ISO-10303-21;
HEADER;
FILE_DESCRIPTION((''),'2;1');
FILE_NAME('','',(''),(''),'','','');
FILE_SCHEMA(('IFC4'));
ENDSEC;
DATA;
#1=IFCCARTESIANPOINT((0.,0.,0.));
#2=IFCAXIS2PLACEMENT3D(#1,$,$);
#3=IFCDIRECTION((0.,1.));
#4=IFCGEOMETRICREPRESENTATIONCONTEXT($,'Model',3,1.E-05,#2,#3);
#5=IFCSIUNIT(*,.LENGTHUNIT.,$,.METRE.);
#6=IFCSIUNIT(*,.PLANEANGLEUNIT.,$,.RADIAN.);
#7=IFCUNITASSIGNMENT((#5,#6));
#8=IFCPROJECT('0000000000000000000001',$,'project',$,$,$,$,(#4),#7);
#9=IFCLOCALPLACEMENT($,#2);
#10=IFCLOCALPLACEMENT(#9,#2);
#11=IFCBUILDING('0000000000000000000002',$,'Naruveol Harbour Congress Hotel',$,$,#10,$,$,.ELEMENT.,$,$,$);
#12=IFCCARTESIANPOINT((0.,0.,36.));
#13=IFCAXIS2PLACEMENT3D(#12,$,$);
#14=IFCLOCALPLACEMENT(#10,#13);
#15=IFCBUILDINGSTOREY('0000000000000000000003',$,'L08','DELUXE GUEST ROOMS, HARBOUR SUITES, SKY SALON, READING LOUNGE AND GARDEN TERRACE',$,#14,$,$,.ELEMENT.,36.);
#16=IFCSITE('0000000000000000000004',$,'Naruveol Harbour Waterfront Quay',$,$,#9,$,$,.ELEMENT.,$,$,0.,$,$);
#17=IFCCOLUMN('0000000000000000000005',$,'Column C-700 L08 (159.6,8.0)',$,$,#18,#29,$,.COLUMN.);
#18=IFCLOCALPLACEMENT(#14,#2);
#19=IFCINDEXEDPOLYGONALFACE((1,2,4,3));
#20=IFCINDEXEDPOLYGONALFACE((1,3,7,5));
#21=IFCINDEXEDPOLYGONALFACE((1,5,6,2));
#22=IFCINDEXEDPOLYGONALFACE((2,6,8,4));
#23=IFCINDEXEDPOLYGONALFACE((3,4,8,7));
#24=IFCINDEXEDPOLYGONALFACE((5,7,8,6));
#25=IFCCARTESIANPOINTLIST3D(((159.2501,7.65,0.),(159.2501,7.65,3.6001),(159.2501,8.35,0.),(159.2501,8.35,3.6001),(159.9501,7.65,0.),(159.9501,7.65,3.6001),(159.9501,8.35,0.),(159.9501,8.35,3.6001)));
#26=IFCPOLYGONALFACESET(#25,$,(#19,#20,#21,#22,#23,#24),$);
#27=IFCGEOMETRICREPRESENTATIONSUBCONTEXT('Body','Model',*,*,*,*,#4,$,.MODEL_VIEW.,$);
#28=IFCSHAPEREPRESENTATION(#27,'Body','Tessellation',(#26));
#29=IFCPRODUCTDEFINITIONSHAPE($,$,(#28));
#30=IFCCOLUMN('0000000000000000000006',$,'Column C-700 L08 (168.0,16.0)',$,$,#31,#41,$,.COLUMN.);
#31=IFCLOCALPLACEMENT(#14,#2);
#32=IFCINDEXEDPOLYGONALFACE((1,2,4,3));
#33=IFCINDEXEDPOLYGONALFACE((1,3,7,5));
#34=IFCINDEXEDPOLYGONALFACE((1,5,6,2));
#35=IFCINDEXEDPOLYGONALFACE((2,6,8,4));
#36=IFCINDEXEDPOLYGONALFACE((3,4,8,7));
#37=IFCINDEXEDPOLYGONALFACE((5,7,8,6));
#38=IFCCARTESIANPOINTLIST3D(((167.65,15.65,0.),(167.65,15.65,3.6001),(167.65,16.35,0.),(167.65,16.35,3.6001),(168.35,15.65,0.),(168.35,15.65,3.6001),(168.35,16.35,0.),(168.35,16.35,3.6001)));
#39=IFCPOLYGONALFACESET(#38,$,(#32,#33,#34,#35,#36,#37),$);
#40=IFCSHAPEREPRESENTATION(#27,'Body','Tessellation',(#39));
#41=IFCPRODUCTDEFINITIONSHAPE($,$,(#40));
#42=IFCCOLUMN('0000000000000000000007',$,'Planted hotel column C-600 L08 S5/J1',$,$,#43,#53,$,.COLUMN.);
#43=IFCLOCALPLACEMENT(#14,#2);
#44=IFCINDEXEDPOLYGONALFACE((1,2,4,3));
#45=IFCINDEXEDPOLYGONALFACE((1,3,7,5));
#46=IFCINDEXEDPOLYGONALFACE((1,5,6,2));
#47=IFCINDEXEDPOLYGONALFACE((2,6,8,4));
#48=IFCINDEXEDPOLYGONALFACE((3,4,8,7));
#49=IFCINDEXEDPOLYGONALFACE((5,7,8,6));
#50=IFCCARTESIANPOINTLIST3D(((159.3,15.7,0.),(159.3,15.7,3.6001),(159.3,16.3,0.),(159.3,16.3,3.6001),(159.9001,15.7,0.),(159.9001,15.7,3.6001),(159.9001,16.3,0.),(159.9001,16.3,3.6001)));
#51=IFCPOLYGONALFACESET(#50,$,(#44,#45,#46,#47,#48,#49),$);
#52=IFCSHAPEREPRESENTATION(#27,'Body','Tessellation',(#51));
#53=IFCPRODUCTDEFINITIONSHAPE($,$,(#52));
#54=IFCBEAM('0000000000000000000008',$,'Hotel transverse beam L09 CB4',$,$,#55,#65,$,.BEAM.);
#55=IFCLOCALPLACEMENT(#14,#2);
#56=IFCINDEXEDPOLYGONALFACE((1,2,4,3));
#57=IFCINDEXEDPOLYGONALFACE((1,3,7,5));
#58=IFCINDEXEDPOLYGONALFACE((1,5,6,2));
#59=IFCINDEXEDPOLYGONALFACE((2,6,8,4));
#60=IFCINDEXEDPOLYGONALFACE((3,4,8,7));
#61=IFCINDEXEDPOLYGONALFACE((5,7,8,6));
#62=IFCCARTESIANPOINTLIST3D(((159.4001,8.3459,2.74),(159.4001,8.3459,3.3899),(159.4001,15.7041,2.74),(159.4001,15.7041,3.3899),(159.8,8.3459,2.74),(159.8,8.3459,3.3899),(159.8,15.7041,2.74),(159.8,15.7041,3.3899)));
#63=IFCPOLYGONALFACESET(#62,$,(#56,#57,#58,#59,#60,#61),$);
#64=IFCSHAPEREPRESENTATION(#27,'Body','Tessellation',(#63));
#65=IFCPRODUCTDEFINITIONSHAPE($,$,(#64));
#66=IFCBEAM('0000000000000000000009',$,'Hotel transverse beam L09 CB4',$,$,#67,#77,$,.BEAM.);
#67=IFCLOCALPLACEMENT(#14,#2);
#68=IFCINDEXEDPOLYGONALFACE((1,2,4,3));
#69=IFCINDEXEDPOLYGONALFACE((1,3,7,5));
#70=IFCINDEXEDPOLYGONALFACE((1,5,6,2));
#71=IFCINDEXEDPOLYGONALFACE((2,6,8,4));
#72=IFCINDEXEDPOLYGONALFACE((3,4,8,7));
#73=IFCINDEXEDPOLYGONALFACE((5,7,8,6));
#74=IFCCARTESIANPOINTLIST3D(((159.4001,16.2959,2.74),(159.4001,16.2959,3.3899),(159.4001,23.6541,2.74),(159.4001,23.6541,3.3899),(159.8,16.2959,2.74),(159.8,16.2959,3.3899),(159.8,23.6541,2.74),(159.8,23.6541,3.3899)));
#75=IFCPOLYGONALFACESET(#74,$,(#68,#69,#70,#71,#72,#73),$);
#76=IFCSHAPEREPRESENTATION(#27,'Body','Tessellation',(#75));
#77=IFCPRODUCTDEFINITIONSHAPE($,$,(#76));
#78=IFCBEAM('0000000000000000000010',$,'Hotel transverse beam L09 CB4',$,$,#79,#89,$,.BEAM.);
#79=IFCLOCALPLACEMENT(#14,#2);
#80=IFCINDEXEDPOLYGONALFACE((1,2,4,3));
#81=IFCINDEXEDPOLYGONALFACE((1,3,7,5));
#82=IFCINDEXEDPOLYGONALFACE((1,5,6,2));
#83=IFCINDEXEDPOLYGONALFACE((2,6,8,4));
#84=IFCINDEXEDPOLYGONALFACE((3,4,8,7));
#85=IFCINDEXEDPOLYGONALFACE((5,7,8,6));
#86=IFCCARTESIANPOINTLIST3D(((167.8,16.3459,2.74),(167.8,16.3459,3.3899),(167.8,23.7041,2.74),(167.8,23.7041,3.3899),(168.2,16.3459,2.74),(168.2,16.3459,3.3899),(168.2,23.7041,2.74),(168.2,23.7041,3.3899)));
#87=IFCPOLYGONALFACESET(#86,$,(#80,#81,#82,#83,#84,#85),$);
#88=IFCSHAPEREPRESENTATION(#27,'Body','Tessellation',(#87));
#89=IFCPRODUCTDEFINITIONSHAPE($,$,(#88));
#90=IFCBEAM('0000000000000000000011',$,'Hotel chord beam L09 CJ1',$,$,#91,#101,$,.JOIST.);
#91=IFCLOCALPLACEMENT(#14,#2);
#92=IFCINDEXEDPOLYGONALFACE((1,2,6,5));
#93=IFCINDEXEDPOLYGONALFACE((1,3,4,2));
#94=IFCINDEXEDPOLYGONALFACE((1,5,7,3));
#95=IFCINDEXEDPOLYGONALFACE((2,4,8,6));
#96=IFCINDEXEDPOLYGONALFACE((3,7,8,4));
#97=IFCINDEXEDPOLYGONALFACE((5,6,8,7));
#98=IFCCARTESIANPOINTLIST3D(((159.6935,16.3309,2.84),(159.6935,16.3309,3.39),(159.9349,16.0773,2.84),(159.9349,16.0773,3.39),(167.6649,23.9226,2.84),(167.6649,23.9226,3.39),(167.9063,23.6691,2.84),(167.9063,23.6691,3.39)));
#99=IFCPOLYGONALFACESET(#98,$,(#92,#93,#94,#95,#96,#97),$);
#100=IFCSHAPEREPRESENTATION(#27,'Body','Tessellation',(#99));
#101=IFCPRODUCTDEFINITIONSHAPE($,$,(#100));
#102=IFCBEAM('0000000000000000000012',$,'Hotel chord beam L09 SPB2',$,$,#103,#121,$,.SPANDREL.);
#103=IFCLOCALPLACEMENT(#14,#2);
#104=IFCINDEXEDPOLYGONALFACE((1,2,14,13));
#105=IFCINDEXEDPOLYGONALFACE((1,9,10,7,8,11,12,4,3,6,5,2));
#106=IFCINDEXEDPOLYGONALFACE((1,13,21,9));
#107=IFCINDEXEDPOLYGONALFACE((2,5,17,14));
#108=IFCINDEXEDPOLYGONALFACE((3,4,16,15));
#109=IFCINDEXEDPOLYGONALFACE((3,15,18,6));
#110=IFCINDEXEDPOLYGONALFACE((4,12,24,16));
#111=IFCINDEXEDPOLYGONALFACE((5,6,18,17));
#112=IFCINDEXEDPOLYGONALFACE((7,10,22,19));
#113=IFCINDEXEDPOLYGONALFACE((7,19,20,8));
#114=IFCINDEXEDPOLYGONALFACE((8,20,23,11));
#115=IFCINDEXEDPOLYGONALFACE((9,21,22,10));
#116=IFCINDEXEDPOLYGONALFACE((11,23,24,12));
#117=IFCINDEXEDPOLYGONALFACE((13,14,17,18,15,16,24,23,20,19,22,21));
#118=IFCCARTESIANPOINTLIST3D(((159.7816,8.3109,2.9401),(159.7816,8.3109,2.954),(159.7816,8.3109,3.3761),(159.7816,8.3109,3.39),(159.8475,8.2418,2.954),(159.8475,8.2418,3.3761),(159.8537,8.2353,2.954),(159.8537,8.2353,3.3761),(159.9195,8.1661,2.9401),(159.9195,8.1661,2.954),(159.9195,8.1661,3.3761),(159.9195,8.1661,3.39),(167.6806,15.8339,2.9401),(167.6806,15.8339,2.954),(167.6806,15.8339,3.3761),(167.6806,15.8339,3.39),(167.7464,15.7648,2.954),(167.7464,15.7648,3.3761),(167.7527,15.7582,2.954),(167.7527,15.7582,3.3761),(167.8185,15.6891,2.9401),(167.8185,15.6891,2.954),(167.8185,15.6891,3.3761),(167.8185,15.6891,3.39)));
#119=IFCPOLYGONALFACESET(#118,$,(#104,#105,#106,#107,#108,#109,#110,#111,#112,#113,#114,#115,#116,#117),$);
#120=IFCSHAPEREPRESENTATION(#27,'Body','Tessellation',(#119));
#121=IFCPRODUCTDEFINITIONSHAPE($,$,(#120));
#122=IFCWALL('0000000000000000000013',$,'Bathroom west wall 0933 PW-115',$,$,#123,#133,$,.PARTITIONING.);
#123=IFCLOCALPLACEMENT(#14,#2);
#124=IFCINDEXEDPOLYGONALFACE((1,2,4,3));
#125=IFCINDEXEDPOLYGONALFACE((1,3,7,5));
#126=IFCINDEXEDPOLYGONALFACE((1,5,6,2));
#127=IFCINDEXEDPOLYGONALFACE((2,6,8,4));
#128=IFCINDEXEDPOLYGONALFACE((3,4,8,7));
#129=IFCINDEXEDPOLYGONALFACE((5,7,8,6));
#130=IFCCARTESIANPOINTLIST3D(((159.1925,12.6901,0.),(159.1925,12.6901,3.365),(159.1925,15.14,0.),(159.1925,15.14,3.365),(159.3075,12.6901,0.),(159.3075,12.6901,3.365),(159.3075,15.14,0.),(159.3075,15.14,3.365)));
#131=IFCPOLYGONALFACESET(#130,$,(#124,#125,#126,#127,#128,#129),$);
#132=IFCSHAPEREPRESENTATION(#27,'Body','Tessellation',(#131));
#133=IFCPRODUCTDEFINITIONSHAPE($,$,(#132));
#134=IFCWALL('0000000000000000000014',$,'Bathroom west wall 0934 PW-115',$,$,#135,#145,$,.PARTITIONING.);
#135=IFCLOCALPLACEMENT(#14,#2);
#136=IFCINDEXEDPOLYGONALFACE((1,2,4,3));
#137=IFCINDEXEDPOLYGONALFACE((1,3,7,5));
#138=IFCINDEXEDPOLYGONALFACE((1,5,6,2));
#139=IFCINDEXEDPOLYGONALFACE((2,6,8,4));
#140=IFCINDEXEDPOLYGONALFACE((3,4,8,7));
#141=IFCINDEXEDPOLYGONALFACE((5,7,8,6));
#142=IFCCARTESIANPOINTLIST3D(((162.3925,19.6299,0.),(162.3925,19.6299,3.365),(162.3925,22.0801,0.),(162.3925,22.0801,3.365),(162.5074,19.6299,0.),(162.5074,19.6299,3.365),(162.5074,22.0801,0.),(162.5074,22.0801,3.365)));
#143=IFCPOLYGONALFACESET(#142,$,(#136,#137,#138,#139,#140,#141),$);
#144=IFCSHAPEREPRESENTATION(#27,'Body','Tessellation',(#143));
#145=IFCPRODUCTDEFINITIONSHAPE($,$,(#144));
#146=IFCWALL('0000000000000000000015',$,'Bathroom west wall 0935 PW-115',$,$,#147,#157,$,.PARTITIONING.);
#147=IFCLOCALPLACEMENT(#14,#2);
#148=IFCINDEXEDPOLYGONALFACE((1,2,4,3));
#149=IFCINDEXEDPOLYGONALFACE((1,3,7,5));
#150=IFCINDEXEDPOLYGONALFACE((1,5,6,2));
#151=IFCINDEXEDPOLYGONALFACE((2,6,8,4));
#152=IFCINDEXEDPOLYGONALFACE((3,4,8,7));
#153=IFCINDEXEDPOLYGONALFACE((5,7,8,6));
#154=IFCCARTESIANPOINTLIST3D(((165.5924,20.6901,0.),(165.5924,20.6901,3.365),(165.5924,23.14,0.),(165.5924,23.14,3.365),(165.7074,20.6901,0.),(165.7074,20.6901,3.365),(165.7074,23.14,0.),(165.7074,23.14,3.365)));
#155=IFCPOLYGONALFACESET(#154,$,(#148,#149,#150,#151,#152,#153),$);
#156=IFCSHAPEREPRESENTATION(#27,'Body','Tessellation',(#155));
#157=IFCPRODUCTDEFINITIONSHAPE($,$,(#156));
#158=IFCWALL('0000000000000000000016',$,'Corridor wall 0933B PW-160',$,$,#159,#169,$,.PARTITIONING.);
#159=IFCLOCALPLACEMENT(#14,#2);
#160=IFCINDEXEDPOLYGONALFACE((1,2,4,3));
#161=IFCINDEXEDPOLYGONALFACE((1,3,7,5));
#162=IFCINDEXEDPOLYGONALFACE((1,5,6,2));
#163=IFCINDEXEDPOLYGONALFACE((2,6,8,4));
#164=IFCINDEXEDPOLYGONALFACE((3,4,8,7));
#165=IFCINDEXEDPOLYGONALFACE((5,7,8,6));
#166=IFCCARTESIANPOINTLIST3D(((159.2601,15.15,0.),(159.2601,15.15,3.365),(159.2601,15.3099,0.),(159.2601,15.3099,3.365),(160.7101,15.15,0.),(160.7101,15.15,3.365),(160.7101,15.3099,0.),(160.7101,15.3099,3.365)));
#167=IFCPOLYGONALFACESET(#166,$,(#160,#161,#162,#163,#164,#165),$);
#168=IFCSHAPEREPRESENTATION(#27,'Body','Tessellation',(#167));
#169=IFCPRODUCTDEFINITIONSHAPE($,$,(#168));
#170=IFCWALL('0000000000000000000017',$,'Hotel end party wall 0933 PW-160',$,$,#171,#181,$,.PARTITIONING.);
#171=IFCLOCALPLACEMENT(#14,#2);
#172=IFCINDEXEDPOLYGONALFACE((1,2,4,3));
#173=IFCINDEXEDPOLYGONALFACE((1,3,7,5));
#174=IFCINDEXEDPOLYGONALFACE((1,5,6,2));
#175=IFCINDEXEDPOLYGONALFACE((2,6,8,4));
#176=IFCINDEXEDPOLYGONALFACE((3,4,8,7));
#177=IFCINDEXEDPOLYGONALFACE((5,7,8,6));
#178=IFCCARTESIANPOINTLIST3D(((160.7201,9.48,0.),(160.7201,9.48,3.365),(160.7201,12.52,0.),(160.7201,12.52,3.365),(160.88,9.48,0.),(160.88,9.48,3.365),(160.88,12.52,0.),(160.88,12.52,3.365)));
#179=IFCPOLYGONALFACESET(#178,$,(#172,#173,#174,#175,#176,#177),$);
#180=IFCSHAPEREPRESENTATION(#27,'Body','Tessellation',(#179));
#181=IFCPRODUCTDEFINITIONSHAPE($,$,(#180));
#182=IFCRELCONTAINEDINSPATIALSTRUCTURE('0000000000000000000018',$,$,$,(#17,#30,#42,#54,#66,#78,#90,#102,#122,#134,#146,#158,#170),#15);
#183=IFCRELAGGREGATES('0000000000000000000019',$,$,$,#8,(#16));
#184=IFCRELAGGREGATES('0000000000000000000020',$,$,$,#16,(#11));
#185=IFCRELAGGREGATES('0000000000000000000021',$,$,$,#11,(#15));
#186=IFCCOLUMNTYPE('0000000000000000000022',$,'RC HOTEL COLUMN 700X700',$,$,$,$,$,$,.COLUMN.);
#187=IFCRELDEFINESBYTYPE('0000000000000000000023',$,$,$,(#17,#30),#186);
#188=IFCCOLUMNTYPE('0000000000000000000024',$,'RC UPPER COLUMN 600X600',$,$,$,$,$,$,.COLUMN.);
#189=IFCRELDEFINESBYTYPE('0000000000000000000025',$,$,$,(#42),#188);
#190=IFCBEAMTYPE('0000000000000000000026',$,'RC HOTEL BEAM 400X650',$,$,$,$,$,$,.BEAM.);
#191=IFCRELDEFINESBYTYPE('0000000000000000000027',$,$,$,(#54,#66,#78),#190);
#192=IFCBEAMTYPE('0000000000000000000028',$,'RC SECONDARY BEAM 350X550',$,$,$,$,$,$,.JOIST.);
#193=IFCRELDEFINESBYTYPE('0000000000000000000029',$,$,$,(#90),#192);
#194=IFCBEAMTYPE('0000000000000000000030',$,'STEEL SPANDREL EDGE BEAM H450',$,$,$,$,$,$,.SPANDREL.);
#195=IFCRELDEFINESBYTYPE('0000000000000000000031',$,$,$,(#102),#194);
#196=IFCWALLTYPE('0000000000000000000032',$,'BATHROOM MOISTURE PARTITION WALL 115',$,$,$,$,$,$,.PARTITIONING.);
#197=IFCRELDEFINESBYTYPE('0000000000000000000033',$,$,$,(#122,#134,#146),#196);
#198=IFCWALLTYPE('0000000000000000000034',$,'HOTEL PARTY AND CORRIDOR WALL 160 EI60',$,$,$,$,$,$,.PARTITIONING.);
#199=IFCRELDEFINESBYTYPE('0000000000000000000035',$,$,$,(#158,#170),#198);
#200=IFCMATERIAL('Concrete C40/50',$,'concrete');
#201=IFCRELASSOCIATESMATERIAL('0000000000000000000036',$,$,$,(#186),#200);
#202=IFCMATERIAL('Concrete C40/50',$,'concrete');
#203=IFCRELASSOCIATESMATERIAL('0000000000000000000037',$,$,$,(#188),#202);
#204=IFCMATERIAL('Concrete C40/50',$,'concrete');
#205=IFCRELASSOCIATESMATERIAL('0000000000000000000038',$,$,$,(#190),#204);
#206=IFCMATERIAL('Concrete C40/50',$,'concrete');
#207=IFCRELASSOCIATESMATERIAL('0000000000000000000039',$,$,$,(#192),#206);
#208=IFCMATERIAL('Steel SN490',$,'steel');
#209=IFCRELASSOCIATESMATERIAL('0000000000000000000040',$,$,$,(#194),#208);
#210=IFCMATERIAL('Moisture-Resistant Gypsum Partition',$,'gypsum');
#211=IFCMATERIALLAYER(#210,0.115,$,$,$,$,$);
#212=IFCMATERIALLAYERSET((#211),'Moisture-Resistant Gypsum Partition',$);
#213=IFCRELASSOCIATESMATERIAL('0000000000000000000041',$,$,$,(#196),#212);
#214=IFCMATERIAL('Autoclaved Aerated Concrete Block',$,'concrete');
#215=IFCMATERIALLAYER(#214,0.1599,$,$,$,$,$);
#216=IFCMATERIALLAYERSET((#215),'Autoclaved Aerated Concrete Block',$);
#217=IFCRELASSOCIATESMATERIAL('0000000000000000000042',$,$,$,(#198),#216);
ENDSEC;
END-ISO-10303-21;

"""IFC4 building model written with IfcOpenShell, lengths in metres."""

from ifc_helpers import new_model, si_unit, direction, frame, frame_2d, origin, origin_2d, place, context, subcontext, project, spatial, rectangle, i_section, extrude, material, layer, layer_set, material_profile, profile_set, type_object, element, save


model = new_model("IFC4")

# Units and contexts
model_context = context("Model", 3, precision=1e-05, world=origin(), true_north=direction((0.0, 1.0)))
body_context = subcontext(model_context, "Body", "Model", "MODEL_VIEW")
ifc_project = project(units=[si_unit("LENGTHUNIT", "METRE"), si_unit("PLANEANGLEUNIT", "RADIAN")], contexts=[model_context])

# Site, building, storey
site_placement = place(None, origin())
site = spatial("IfcSite", under=ifc_project, at=site_placement, Name="Naruveol Harbour Waterfront Quay", CompositionType="ELEMENT", RefElevation=0.0)
building_placement = place(site_placement, origin())
building = spatial("IfcBuilding", under=site, at=building_placement, Name="Naruveol Harbour Congress Hotel", CompositionType="ELEMENT")
storey_placement = place(building_placement, frame((0.0, 0.0, 36.0)))
storey = spatial("IfcBuildingStorey", under=building, at=storey_placement, Name="L08", Description="DELUXE GUEST ROOMS, HARBOUR SUITES, SKY SALON, READING LOUNGE AND GARDEN TERRACE", CompositionType="ELEMENT", Elevation=36.0)

# Columns
ifc_material_1 = material(Name="Concrete C40/50", Category="concrete")
ifc_material_profile_1 = material_profile(ifc_material_1, rectangle(XDim=0.7, YDim=0.7, at=origin_2d()), Name="RC-700x700")
ifc_profile_set_1 = profile_set([ifc_material_profile_1], Name="Concrete C40/50")
column_type_1 = type_object("IfcColumnType", Name="RC HOTEL COLUMN 700X700", PredefinedType="COLUMN", material=ifc_profile_set_1)
for number, where, z_axis, x_axis, name in (
    (1, (159.6001, 8.0, 0.0), (0.0, 0.0, 1.0), (1.0, 0.0, 0.0), "Column C-700 L08 (159.6,8.0)"),
    (2, (168.0, 16.0, 0.0), (0.0, 0.0, 1.0), (1.0, 0.0, 0.0), "Column C-700 L08 (168.0,16.0)"),
):
    element("IfcColumn", number, at=place(storey_placement, frame(where, z_axis=z_axis, x_axis=x_axis)), inside=storey, type_object=column_type_1, Name=name, PredefinedType="COLUMN", context=body_context, shape_type="SweptSolid", body=[
        extrude(rectangle(XDim=0.7, YDim=0.7, at=origin_2d()), origin(), (0.0, 0.0, 1.0), 3.6001),
    ])
ifc_material_2 = material(Name="Concrete C40/50", Category="concrete")
ifc_material_profile_2 = material_profile(ifc_material_2, rectangle(XDim=0.6001, YDim=0.6001, at=origin_2d()), Name="RC-600x600")
ifc_profile_set_2 = profile_set([ifc_material_profile_2], Name="Concrete C40/50")
column_type_2 = type_object("IfcColumnType", Name="RC UPPER COLUMN 600X600", PredefinedType="COLUMN", material=ifc_profile_set_2)
column_placement = place(storey_placement, frame((159.6001, 16.0, 0.0), z_axis=(0.0, 0.0, 1.0), x_axis=(1.0, 0.0, 0.0)))
element("IfcColumn", 3, at=column_placement, inside=storey, type_object=column_type_2, Name="Planted hotel column C-600 L08 S5/J1", PredefinedType="COLUMN", context=body_context, shape_type="SweptSolid", body=[
    extrude(rectangle(XDim=0.6001, YDim=0.6001, at=origin_2d()), origin(), (0.0, 0.0, 1.0), 3.6001),
])

# Beams
ifc_material_3 = material(Name="Concrete C40/50", Category="concrete")
ifc_material_profile_3 = material_profile(ifc_material_3, rectangle(XDim=0.3999, YDim=0.6499, at=origin_2d()), Name="RCB-400x650")
ifc_profile_set_3 = profile_set([ifc_material_profile_3], Name="Concrete C40/50")
beam_type_1 = type_object("IfcBeamType", Name="RC HOTEL BEAM 400X650", PredefinedType="BEAM", material=ifc_profile_set_3)
for number, where, z_axis, x_axis, name in (
    (4, (159.6001, 8.3459, 3.0649), (0.0, 1.0, 0.0), (-1.0, 0.0, 0.0), "Hotel transverse beam L09 CB4"),
    (5, (159.6001, 16.2959, 3.0649), (0.0, 1.0, 0.0), (-1.0, 0.0, 0.0), "Hotel transverse beam L09 CB4"),
    (6, (168.0, 16.3459, 3.0649), (0.0, 1.0, 0.0), (-1.0, 0.0, 0.0), "Hotel transverse beam L09 CB4"),
):
    element("IfcBeam", number, at=place(storey_placement, frame(where, z_axis=z_axis, x_axis=x_axis)), inside=storey, type_object=beam_type_1, Name=name, PredefinedType="BEAM", context=body_context, shape_type="SweptSolid", body=[
        extrude(rectangle(XDim=0.3999, YDim=0.6499, at=origin_2d()), origin(), (0.0, 0.0, 1.0), 7.3582),
    ])
ifc_material_4 = material(Name="Concrete C40/50", Category="concrete")
ifc_material_profile_4 = material_profile(ifc_material_4, rectangle(XDim=0.3501, YDim=0.55, at=origin_2d()), Name="RCB-350x550")
ifc_profile_set_4 = profile_set([ifc_material_profile_4], Name="Concrete C40/50")
beam_type_2 = type_object("IfcBeamType", Name="RC SECONDARY BEAM 350X550", PredefinedType="JOIST", material=ifc_profile_set_4)
beam_1_placement = place(storey_placement, frame((159.8142, 16.2041, 3.115), z_axis=(0.72414, 0.689653, 0.0), x_axis=(-0.689653, 0.72414, 0.0)))
element("IfcBeam", 7, at=beam_1_placement, inside=storey, type_object=beam_type_2, Name="Hotel chord beam L09 CJ1", PredefinedType="JOIST", context=body_context, shape_type="SweptSolid", body=[
    extrude(rectangle(XDim=0.3501, YDim=0.55, at=origin_2d()), origin(), (0.0, 0.0, 1.0), 11.0081),
])
ifc_material_5 = material(Name="Steel SN490", Category="steel")
ifc_material_profile_5 = material_profile(ifc_material_5, i_section(OverallWidth=0.2, OverallDepth=0.45, WebThickness=0.009, FlangeThickness=0.0139, at=origin_2d()), Name="H-450x200x9x14")
ifc_profile_set_5 = profile_set([ifc_material_profile_5], Name="Steel SN490")
beam_type_3 = type_object("IfcBeamType", Name="STEEL SPANDREL EDGE BEAM H450", PredefinedType="SPANDREL", material=ifc_profile_set_5)
beam_2_placement = place(storey_placement, frame((159.8506, 8.2385, 3.165), z_axis=(0.72413, 0.689663, 0.0), x_axis=(-0.689663, 0.72413, 0.0)))
element("IfcBeam", 8, at=beam_2_placement, inside=storey, type_object=beam_type_3, Name="Hotel chord beam L09 SPB2", PredefinedType="SPANDREL", context=body_context, shape_type="SweptSolid", body=[
    extrude(i_section(OverallWidth=0.2, OverallDepth=0.45, WebThickness=0.009, FlangeThickness=0.0139, at=origin_2d()), origin(), (0.0, 0.0, 1.0), 10.9082),
])

# Wall
ifc_material_6 = material(Name="Moisture-Resistant Gypsum Partition", Category="gypsum")
ifc_layer_1 = layer(ifc_material_6, 0.115)
ifc_layer_set_1 = layer_set([ifc_layer_1], Name="Moisture-Resistant Gypsum Partition")
wall_type_1 = type_object("IfcWallType", Name="BATHROOM MOISTURE PARTITION WALL 115", PredefinedType="PARTITIONING", material=ifc_layer_set_1)
wall_1_placement = place(storey_placement, frame((159.25, 12.6899, 0.0), z_axis=(0.0, 0.0, 1.0), x_axis=(0.0, 1.0, 0.0)))
element("IfcWall", 9, at=wall_1_placement, inside=storey, type_object=wall_type_1, Name="Bathroom west wall 0933 PW-115", PredefinedType="PARTITIONING", context=body_context, shape_type="SweptSolid", body=[
    extrude(rectangle(XDim=2.45, YDim=0.115, at=frame_2d((1.2251, 0.0))), origin(), (0.0, 0.0, 1.0), 3.365),
])

# Wall
wall_2_placement = place(storey_placement, frame((162.45, 19.6299, 0.0), z_axis=(0.0, 0.0, 1.0), x_axis=(0.0, 1.0, 0.0)))
element("IfcWall", 10, at=wall_2_placement, inside=storey, type_object=wall_type_1, Name="Bathroom west wall 0934 PW-115", PredefinedType="PARTITIONING", context=body_context, shape_type="SweptSolid", body=[
    extrude(rectangle(XDim=2.4502, YDim=0.115, at=frame_2d((1.2251, 0.0))), origin(), (0.0, 0.0, 1.0), 3.365),
])

# Wall
wall_3_placement = place(storey_placement, frame((165.6499, 20.6899, 0.0), z_axis=(0.0, 0.0, 1.0), x_axis=(0.0, 1.0, 0.0)))
element("IfcWall", 11, at=wall_3_placement, inside=storey, type_object=wall_type_1, Name="Bathroom west wall 0935 PW-115", PredefinedType="PARTITIONING", context=body_context, shape_type="SweptSolid", body=[
    extrude(rectangle(XDim=2.45, YDim=0.115, at=frame_2d((1.2251, 0.0))), origin(), (0.0, 0.0, 1.0), 3.365),
])

# Walls
ifc_material_7 = material(Name="Autoclaved Aerated Concrete Block", Category="concrete")
ifc_layer_2 = layer(ifc_material_7, 0.1599)
ifc_layer_set_2 = layer_set([ifc_layer_2], Name="Autoclaved Aerated Concrete Block")
wall_type_2 = type_object("IfcWallType", Name="HOTEL PARTY AND CORRIDOR WALL 160 EI60", PredefinedType="PARTITIONING", material=ifc_layer_set_2)
wall_4_placement = place(storey_placement, frame((159.26, 15.23, 0.0), z_axis=(0.0, 0.0, 1.0), x_axis=(1.0, 0.0, 0.0)))
element("IfcWall", 12, at=wall_4_placement, inside=storey, type_object=wall_type_2, Name="Corridor wall 0933B PW-160", PredefinedType="PARTITIONING", context=body_context, shape_type="SweptSolid", body=[
    extrude(rectangle(XDim=1.45, YDim=0.1599, at=frame_2d((0.7251, 0.0))), origin(), (0.0, 0.0, 1.0), 3.365),
])
wall_5_placement = place(storey_placement, frame((160.8, 9.48, 0.0), z_axis=(0.0, 0.0, 1.0), x_axis=(0.0, 1.0, 0.0)))
element("IfcWall", 13, at=wall_5_placement, inside=storey, type_object=wall_type_2, Name="Hotel end party wall 0933 PW-160", PredefinedType="PARTITIONING", context=body_context, shape_type="SweptSolid", body=[
    extrude(rectangle(XDim=3.04, YDim=0.1599, at=frame_2d((1.52, 0.0))), origin(), (0.0, 0.0, 1.0), 3.365),
])

save(model, "model.ifc")
